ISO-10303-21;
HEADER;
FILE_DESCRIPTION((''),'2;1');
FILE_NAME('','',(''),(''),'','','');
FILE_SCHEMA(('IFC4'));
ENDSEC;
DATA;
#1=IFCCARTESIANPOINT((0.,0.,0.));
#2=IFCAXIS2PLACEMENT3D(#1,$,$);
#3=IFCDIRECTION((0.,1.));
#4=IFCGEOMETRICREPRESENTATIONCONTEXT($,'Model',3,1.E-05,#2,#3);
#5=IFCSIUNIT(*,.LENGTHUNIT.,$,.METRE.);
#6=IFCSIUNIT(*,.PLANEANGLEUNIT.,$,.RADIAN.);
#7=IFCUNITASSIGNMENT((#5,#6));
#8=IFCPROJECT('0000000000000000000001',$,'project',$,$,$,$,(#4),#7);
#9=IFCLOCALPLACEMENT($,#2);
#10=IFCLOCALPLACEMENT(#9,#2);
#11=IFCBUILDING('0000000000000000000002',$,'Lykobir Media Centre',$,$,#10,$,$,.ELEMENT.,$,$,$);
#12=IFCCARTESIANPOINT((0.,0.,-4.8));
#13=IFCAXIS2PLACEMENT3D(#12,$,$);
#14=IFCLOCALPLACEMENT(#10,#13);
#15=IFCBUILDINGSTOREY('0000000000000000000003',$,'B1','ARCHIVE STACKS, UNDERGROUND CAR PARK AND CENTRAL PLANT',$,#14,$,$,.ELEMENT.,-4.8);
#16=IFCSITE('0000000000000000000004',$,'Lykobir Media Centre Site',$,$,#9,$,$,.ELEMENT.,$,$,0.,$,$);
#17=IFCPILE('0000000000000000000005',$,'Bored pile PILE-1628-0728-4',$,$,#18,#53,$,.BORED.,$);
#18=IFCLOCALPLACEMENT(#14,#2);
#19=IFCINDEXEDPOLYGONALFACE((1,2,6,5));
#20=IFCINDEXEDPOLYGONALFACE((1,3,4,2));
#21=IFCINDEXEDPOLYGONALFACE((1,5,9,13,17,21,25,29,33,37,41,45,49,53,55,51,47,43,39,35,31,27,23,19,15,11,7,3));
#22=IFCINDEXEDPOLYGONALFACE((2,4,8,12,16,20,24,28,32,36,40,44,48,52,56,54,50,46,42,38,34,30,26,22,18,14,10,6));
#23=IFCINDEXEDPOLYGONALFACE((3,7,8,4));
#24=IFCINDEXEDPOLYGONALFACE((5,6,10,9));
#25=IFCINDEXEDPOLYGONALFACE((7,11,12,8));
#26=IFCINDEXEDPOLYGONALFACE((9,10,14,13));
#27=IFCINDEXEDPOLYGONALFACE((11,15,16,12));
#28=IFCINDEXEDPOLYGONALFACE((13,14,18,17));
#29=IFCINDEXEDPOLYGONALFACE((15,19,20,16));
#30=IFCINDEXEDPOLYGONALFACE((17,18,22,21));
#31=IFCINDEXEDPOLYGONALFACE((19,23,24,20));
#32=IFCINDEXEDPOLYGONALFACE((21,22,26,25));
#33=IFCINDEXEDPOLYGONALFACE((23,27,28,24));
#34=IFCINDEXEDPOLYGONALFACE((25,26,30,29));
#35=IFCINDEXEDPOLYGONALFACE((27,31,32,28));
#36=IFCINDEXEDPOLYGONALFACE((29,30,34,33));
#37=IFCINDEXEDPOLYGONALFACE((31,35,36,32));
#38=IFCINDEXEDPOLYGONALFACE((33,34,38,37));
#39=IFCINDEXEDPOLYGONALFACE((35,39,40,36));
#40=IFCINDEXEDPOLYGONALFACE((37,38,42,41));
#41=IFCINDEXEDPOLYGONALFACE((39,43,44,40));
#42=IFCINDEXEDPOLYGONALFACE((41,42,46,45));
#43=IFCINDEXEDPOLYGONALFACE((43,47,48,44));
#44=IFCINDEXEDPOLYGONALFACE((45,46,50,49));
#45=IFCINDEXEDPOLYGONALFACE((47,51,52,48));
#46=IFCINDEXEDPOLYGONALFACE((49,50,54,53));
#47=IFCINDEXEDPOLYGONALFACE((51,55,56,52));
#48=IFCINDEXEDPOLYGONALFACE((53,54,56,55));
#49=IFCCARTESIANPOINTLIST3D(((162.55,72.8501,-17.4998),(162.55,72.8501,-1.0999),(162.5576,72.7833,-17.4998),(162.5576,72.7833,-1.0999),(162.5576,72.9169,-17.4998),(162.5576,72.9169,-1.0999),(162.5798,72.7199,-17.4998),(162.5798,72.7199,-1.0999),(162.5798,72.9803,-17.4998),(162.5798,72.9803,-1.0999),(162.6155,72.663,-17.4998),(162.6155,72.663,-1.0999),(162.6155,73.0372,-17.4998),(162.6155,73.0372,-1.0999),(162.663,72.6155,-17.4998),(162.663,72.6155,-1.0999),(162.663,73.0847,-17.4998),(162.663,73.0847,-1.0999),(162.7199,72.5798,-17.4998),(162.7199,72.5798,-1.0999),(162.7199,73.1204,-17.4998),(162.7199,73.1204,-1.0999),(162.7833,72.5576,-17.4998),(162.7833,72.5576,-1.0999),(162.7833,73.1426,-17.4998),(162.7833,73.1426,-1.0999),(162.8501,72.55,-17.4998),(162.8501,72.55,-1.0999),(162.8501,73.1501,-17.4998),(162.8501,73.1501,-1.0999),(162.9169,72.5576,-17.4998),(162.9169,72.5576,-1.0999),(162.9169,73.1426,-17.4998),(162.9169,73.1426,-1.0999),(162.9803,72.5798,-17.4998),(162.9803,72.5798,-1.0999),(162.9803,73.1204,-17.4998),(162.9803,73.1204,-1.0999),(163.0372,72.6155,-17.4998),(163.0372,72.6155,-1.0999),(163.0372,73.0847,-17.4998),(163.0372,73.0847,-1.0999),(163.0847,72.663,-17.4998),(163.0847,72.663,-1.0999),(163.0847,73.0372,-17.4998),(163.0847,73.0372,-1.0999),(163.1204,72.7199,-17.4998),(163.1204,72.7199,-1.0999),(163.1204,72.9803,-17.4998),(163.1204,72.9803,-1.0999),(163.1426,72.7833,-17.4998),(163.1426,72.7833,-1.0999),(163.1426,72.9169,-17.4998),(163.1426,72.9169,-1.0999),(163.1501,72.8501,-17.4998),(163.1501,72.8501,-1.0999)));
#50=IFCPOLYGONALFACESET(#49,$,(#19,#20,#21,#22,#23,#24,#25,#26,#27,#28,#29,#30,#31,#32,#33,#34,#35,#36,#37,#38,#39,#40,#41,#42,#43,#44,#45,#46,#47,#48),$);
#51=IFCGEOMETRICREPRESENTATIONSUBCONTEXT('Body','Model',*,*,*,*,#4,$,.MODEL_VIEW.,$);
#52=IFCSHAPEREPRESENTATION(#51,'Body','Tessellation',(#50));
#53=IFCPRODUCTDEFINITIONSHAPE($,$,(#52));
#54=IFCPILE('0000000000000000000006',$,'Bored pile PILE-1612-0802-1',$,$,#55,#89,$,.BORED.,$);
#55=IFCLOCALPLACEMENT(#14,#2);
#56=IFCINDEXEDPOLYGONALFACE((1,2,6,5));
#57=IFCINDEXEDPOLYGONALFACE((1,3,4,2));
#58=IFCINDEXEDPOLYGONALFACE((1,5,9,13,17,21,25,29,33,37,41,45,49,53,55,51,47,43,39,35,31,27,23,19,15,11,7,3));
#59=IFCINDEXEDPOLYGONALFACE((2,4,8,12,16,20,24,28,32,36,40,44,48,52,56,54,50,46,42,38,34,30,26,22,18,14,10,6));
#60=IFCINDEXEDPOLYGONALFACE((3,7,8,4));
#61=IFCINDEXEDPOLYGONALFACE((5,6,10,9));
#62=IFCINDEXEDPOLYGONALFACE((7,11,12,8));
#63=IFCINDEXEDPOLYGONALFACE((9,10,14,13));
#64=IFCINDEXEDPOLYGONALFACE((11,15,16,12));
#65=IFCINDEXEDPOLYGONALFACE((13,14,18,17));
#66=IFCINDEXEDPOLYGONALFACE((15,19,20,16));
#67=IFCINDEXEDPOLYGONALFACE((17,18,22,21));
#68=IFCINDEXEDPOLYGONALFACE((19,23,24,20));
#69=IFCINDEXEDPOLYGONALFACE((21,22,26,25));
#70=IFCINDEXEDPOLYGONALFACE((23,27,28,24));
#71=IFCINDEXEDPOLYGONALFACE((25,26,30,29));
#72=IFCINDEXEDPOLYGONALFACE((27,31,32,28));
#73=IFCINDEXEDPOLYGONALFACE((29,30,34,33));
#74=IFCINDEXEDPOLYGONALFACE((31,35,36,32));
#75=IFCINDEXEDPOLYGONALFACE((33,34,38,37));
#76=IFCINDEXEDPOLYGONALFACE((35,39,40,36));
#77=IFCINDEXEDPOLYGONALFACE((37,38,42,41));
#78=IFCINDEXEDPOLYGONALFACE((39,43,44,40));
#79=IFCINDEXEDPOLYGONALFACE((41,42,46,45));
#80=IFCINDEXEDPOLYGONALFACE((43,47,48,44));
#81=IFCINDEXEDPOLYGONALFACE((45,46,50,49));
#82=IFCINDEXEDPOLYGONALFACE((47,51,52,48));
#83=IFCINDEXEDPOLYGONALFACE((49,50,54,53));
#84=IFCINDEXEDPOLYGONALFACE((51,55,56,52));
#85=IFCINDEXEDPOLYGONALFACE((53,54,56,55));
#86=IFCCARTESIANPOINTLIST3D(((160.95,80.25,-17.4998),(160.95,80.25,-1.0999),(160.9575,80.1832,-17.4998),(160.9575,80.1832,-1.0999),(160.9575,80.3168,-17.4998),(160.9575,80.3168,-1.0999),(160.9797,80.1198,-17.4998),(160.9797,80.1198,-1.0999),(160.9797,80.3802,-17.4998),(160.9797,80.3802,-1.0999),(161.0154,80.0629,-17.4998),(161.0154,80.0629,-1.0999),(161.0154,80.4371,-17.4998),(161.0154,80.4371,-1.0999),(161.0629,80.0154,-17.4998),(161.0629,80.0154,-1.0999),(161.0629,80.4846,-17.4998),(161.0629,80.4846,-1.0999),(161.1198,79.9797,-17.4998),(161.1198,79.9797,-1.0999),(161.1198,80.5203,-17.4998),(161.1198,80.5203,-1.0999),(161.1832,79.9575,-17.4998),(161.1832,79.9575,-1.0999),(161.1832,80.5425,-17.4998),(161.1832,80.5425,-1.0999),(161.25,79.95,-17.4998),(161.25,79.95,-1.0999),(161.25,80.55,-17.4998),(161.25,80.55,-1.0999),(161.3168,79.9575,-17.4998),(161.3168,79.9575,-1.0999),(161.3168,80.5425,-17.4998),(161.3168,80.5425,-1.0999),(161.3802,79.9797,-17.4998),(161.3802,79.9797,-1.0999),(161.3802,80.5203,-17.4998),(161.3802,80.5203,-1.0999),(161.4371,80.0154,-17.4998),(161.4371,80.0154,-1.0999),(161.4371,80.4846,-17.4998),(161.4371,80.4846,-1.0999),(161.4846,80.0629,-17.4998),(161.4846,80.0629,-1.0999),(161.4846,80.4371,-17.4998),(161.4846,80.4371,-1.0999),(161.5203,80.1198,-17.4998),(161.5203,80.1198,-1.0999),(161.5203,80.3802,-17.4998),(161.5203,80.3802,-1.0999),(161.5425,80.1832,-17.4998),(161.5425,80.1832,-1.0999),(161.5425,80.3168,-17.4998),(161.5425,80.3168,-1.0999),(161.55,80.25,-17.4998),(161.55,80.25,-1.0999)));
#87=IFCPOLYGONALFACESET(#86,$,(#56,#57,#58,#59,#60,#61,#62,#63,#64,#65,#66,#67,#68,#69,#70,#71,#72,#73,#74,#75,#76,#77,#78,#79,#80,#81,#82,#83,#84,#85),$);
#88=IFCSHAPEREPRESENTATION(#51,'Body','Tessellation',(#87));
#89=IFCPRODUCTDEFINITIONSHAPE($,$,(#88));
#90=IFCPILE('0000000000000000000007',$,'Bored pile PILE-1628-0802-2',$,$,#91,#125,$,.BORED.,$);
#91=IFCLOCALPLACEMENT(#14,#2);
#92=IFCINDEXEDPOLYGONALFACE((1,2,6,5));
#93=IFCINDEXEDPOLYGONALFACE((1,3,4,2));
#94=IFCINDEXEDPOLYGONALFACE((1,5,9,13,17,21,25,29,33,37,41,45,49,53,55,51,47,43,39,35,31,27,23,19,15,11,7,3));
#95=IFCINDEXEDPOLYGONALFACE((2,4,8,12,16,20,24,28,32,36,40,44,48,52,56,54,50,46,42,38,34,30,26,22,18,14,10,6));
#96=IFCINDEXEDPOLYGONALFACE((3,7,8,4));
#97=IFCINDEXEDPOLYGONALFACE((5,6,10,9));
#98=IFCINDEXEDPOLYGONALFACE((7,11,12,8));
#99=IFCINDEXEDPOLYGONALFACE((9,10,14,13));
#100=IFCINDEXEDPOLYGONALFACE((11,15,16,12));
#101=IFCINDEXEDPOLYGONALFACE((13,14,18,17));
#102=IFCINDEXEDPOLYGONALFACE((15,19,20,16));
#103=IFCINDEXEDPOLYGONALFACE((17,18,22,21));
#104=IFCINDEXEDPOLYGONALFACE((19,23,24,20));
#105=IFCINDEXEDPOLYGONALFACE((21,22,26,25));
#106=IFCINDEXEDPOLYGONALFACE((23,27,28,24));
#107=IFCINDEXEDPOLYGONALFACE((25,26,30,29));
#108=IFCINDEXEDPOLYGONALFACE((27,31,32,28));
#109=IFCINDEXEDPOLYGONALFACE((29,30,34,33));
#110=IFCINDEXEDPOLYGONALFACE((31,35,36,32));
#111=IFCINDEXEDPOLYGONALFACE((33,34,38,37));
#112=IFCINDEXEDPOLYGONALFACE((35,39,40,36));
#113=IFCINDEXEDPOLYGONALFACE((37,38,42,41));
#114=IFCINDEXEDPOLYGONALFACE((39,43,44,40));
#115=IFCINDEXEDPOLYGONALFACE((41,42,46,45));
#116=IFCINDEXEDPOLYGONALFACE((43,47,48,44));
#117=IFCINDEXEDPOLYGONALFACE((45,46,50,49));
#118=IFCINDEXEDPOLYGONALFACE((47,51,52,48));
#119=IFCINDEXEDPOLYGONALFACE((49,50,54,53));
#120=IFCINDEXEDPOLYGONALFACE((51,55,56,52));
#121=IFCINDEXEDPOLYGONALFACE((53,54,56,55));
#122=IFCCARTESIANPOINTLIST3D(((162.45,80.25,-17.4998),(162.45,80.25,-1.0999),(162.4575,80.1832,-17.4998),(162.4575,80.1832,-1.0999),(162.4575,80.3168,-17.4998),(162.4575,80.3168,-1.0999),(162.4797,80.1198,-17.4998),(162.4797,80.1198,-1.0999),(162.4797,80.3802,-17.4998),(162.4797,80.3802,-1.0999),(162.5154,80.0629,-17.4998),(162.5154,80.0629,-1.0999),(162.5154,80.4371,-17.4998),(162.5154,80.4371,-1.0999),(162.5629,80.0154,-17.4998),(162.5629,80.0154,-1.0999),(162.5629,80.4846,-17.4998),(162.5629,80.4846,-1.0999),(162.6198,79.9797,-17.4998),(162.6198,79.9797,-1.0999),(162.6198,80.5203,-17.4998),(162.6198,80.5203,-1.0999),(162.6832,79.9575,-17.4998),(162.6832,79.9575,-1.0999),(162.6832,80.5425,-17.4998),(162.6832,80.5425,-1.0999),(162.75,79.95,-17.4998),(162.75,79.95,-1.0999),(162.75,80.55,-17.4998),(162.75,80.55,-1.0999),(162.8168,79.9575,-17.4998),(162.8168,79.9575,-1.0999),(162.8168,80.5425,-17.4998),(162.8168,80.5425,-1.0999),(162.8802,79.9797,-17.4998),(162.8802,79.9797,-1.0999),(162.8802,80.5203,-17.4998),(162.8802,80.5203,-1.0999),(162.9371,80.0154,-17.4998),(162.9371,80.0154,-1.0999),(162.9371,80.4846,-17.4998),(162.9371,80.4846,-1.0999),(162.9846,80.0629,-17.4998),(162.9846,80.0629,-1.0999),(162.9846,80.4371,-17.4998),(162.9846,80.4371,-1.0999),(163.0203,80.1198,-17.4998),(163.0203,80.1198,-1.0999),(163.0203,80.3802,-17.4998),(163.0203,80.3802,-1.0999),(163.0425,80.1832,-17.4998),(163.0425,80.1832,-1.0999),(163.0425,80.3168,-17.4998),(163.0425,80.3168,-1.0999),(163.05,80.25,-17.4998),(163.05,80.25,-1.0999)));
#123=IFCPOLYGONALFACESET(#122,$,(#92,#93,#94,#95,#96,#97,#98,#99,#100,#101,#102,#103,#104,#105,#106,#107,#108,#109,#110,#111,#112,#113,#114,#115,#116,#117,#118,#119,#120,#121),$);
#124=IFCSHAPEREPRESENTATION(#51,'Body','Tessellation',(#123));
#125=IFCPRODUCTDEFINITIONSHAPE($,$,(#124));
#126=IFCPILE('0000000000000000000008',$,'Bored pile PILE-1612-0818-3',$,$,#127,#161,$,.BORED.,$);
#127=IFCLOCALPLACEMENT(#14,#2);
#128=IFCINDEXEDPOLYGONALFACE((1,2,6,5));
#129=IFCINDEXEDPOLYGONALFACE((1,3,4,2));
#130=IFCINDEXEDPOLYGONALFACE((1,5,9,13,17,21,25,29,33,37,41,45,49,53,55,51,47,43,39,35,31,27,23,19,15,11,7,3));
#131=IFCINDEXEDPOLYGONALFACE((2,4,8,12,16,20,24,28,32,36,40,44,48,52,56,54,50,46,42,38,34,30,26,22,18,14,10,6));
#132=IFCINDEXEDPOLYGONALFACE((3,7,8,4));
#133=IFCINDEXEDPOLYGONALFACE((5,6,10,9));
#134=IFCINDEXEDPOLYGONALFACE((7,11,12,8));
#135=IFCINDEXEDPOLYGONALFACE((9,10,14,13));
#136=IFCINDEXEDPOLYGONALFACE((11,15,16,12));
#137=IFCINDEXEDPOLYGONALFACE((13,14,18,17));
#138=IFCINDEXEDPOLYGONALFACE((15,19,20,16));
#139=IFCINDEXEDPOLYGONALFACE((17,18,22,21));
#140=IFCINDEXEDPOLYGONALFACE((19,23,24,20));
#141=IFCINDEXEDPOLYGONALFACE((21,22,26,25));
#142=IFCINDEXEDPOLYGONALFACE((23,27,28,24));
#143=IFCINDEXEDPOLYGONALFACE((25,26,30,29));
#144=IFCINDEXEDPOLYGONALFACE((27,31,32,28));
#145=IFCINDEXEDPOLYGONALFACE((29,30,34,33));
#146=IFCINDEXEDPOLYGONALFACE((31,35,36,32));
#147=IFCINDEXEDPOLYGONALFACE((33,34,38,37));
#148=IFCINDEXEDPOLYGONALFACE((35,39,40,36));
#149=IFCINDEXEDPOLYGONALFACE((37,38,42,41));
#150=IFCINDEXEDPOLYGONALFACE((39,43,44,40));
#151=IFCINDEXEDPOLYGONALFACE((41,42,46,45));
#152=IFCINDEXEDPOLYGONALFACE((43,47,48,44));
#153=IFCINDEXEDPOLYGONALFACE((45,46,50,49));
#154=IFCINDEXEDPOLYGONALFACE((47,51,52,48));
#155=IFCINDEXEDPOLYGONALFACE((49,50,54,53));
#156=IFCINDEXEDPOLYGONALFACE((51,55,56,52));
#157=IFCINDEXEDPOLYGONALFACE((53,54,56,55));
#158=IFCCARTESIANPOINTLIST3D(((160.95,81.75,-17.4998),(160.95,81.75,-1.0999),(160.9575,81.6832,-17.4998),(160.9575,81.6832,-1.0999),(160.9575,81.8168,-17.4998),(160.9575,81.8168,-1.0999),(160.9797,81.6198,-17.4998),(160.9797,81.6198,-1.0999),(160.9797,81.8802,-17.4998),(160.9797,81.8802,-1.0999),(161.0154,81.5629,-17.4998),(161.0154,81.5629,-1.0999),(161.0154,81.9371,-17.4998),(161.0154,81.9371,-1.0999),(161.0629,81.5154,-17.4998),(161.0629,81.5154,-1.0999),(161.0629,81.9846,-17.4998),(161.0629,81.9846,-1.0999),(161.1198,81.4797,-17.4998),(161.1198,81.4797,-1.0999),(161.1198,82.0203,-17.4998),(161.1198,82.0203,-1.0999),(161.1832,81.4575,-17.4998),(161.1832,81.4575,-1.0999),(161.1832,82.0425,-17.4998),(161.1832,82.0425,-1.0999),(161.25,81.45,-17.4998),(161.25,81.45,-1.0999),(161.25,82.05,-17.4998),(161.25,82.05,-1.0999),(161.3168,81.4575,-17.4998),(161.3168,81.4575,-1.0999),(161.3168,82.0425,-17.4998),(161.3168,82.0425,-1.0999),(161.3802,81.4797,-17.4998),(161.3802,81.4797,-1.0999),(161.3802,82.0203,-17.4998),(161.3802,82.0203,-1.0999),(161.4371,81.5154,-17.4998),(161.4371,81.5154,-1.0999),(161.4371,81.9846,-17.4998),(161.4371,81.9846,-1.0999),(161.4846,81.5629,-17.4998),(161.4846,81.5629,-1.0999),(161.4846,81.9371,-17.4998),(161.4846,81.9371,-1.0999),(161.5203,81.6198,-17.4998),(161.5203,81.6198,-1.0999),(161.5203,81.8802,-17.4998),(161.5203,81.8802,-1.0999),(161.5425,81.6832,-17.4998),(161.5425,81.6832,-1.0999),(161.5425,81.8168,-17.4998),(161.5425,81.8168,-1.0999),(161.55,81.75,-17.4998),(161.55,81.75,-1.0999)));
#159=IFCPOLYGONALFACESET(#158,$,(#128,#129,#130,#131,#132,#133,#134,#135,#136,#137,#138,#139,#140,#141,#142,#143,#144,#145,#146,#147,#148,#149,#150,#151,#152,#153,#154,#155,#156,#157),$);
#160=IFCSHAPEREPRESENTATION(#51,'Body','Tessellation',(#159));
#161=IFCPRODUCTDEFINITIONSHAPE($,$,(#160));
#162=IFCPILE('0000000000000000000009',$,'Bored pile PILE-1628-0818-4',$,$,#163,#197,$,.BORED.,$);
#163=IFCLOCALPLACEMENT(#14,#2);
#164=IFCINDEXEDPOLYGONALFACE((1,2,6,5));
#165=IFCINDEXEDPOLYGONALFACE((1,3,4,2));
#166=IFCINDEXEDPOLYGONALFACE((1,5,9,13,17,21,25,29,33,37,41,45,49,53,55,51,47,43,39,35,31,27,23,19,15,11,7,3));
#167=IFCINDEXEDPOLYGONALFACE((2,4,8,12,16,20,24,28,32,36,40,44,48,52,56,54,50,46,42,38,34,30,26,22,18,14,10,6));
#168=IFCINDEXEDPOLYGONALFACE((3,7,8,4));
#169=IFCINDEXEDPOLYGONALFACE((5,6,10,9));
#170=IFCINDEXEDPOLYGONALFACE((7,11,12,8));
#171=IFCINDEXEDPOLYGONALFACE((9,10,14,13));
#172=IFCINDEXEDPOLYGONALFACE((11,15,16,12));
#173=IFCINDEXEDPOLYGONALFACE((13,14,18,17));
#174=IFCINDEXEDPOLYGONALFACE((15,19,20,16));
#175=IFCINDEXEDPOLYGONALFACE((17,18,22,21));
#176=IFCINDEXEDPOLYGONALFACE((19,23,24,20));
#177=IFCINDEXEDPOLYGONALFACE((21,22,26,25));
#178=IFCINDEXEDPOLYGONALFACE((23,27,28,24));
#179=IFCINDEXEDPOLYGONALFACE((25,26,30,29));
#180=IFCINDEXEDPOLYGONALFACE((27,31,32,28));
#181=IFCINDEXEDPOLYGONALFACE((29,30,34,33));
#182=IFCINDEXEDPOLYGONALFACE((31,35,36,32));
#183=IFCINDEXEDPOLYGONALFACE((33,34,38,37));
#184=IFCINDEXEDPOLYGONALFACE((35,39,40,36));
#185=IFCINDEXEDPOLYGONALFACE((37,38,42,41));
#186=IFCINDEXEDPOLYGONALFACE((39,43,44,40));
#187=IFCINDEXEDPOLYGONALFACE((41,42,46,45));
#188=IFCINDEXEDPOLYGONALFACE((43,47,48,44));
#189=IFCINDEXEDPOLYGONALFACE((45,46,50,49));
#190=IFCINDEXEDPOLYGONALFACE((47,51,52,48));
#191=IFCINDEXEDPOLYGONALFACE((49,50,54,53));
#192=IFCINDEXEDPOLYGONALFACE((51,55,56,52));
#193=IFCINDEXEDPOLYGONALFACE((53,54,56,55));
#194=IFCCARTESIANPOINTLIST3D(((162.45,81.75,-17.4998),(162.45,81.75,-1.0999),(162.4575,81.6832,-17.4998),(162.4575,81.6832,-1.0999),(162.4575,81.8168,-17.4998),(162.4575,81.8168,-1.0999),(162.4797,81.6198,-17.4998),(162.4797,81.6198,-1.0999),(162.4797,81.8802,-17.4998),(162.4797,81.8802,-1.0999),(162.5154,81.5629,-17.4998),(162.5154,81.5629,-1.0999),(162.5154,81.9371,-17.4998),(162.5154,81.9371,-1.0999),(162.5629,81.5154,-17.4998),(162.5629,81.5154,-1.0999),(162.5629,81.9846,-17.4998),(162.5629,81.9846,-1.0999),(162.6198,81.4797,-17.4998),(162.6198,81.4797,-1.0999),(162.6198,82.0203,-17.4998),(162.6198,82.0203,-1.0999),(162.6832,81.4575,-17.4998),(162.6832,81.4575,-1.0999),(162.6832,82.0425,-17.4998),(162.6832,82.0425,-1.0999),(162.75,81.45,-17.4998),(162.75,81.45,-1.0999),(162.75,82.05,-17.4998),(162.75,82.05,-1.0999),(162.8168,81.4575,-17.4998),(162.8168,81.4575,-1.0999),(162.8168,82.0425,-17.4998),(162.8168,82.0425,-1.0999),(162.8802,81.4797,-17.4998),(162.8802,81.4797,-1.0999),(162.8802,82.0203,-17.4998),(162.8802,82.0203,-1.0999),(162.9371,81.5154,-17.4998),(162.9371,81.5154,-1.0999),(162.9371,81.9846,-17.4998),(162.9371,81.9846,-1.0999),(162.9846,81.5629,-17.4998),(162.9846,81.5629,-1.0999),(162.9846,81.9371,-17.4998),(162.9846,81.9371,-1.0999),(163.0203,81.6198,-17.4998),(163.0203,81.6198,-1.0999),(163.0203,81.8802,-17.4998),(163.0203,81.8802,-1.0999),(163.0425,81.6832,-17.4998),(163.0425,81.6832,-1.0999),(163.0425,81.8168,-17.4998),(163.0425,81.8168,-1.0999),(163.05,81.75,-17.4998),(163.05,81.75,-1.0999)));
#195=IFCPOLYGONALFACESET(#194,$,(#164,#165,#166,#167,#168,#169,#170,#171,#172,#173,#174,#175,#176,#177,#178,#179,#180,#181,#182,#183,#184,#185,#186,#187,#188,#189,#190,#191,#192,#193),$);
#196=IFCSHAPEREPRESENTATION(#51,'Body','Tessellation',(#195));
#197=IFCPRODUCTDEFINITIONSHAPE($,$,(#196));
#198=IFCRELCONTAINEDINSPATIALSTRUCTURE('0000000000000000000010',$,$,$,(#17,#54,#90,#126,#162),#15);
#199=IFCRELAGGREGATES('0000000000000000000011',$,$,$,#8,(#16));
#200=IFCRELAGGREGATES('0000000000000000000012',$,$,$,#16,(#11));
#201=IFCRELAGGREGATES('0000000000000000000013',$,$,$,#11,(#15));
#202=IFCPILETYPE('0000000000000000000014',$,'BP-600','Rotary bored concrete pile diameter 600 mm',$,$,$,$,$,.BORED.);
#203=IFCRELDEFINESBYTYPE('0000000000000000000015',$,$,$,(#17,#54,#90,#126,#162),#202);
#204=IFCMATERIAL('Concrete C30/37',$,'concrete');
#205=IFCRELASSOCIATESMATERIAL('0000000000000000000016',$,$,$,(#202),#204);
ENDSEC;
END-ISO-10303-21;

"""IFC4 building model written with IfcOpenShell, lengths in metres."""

from ifc_helpers import new_model, si_unit, direction, frame, origin, origin_2d, place, context, subcontext, project, spatial, circle, extrude, material, material_profile, profile_set, type_object, element, save


model = new_model("IFC4")

# Units and contexts
model_context = context("Model", 3, precision=1e-05, world=origin(), true_north=direction((0.0, 1.0)))
body_context = subcontext(model_context, "Body", "Model", "MODEL_VIEW")
ifc_project = project(units=[si_unit("LENGTHUNIT", "METRE"), si_unit("PLANEANGLEUNIT", "RADIAN")], contexts=[model_context])

# Site, building, storey
site_placement = place(None, origin())
site = spatial("IfcSite", under=ifc_project, at=site_placement, Name="Lykobir Media Centre Site", CompositionType="ELEMENT", RefElevation=0.0)
building_placement = place(site_placement, origin())
building = spatial("IfcBuilding", under=site, at=building_placement, Name="Lykobir Media Centre", CompositionType="ELEMENT")
storey_placement = place(building_placement, frame((0.0, 0.0, -4.8)))
storey = spatial("IfcBuildingStorey", under=building, at=storey_placement, Name="B1", Description="ARCHIVE STACKS, UNDERGROUND CAR PARK AND CENTRAL PLANT", CompositionType="ELEMENT", Elevation=-4.8)

# Piles
ifc_material_1 = material(Name="Concrete C30/37", Category="concrete")
ifc_material_profile_1 = material_profile(ifc_material_1, circle(Radius=0.3, at=origin_2d()), Name="BORED PILE D600")
ifc_profile_set_1 = profile_set([ifc_material_profile_1], Name="Concrete C30/37")
pile_type = type_object("IfcPileType", Name="BP-600", Description="Rotary bored concrete pile diameter 600 mm", PredefinedType="BORED", material=ifc_profile_set_1)
for number, where, z_axis, x_axis, name in (
    (1, (162.8501, 72.8501, -1.0999), (0.0, 0.0, -1.0), (1.0, 0.0, 0.0), "Bored pile PILE-1628-0728-4"),
    (2, (161.25, 80.25, -1.0999), (0.0, 0.0, -1.0), (1.0, 0.0, 0.0), "Bored pile PILE-1612-0802-1"),
    (3, (162.75, 80.25, -1.0999), (0.0, 0.0, -1.0), (1.0, 0.0, 0.0), "Bored pile PILE-1628-0802-2"),
    (4, (161.25, 81.75, -1.0999), (0.0, 0.0, -1.0), (1.0, 0.0, 0.0), "Bored pile PILE-1612-0818-3"),
    (5, (162.75, 81.75, -1.0999), (0.0, 0.0, -1.0), (1.0, 0.0, 0.0), "Bored pile PILE-1628-0818-4"),
):
    element("IfcPile", number, at=place(storey_placement, frame(where, z_axis=z_axis, x_axis=x_axis)), inside=storey, type_object=pile_type, Name=name, PredefinedType="BORED", context=body_context, shape_type="SweptSolid", body=[
        extrude(circle(Radius=0.3, at=origin_2d()), origin(), (0.0, 0.0, 1.0), 16.3999),
    ])

save(model, "model.ifc")
